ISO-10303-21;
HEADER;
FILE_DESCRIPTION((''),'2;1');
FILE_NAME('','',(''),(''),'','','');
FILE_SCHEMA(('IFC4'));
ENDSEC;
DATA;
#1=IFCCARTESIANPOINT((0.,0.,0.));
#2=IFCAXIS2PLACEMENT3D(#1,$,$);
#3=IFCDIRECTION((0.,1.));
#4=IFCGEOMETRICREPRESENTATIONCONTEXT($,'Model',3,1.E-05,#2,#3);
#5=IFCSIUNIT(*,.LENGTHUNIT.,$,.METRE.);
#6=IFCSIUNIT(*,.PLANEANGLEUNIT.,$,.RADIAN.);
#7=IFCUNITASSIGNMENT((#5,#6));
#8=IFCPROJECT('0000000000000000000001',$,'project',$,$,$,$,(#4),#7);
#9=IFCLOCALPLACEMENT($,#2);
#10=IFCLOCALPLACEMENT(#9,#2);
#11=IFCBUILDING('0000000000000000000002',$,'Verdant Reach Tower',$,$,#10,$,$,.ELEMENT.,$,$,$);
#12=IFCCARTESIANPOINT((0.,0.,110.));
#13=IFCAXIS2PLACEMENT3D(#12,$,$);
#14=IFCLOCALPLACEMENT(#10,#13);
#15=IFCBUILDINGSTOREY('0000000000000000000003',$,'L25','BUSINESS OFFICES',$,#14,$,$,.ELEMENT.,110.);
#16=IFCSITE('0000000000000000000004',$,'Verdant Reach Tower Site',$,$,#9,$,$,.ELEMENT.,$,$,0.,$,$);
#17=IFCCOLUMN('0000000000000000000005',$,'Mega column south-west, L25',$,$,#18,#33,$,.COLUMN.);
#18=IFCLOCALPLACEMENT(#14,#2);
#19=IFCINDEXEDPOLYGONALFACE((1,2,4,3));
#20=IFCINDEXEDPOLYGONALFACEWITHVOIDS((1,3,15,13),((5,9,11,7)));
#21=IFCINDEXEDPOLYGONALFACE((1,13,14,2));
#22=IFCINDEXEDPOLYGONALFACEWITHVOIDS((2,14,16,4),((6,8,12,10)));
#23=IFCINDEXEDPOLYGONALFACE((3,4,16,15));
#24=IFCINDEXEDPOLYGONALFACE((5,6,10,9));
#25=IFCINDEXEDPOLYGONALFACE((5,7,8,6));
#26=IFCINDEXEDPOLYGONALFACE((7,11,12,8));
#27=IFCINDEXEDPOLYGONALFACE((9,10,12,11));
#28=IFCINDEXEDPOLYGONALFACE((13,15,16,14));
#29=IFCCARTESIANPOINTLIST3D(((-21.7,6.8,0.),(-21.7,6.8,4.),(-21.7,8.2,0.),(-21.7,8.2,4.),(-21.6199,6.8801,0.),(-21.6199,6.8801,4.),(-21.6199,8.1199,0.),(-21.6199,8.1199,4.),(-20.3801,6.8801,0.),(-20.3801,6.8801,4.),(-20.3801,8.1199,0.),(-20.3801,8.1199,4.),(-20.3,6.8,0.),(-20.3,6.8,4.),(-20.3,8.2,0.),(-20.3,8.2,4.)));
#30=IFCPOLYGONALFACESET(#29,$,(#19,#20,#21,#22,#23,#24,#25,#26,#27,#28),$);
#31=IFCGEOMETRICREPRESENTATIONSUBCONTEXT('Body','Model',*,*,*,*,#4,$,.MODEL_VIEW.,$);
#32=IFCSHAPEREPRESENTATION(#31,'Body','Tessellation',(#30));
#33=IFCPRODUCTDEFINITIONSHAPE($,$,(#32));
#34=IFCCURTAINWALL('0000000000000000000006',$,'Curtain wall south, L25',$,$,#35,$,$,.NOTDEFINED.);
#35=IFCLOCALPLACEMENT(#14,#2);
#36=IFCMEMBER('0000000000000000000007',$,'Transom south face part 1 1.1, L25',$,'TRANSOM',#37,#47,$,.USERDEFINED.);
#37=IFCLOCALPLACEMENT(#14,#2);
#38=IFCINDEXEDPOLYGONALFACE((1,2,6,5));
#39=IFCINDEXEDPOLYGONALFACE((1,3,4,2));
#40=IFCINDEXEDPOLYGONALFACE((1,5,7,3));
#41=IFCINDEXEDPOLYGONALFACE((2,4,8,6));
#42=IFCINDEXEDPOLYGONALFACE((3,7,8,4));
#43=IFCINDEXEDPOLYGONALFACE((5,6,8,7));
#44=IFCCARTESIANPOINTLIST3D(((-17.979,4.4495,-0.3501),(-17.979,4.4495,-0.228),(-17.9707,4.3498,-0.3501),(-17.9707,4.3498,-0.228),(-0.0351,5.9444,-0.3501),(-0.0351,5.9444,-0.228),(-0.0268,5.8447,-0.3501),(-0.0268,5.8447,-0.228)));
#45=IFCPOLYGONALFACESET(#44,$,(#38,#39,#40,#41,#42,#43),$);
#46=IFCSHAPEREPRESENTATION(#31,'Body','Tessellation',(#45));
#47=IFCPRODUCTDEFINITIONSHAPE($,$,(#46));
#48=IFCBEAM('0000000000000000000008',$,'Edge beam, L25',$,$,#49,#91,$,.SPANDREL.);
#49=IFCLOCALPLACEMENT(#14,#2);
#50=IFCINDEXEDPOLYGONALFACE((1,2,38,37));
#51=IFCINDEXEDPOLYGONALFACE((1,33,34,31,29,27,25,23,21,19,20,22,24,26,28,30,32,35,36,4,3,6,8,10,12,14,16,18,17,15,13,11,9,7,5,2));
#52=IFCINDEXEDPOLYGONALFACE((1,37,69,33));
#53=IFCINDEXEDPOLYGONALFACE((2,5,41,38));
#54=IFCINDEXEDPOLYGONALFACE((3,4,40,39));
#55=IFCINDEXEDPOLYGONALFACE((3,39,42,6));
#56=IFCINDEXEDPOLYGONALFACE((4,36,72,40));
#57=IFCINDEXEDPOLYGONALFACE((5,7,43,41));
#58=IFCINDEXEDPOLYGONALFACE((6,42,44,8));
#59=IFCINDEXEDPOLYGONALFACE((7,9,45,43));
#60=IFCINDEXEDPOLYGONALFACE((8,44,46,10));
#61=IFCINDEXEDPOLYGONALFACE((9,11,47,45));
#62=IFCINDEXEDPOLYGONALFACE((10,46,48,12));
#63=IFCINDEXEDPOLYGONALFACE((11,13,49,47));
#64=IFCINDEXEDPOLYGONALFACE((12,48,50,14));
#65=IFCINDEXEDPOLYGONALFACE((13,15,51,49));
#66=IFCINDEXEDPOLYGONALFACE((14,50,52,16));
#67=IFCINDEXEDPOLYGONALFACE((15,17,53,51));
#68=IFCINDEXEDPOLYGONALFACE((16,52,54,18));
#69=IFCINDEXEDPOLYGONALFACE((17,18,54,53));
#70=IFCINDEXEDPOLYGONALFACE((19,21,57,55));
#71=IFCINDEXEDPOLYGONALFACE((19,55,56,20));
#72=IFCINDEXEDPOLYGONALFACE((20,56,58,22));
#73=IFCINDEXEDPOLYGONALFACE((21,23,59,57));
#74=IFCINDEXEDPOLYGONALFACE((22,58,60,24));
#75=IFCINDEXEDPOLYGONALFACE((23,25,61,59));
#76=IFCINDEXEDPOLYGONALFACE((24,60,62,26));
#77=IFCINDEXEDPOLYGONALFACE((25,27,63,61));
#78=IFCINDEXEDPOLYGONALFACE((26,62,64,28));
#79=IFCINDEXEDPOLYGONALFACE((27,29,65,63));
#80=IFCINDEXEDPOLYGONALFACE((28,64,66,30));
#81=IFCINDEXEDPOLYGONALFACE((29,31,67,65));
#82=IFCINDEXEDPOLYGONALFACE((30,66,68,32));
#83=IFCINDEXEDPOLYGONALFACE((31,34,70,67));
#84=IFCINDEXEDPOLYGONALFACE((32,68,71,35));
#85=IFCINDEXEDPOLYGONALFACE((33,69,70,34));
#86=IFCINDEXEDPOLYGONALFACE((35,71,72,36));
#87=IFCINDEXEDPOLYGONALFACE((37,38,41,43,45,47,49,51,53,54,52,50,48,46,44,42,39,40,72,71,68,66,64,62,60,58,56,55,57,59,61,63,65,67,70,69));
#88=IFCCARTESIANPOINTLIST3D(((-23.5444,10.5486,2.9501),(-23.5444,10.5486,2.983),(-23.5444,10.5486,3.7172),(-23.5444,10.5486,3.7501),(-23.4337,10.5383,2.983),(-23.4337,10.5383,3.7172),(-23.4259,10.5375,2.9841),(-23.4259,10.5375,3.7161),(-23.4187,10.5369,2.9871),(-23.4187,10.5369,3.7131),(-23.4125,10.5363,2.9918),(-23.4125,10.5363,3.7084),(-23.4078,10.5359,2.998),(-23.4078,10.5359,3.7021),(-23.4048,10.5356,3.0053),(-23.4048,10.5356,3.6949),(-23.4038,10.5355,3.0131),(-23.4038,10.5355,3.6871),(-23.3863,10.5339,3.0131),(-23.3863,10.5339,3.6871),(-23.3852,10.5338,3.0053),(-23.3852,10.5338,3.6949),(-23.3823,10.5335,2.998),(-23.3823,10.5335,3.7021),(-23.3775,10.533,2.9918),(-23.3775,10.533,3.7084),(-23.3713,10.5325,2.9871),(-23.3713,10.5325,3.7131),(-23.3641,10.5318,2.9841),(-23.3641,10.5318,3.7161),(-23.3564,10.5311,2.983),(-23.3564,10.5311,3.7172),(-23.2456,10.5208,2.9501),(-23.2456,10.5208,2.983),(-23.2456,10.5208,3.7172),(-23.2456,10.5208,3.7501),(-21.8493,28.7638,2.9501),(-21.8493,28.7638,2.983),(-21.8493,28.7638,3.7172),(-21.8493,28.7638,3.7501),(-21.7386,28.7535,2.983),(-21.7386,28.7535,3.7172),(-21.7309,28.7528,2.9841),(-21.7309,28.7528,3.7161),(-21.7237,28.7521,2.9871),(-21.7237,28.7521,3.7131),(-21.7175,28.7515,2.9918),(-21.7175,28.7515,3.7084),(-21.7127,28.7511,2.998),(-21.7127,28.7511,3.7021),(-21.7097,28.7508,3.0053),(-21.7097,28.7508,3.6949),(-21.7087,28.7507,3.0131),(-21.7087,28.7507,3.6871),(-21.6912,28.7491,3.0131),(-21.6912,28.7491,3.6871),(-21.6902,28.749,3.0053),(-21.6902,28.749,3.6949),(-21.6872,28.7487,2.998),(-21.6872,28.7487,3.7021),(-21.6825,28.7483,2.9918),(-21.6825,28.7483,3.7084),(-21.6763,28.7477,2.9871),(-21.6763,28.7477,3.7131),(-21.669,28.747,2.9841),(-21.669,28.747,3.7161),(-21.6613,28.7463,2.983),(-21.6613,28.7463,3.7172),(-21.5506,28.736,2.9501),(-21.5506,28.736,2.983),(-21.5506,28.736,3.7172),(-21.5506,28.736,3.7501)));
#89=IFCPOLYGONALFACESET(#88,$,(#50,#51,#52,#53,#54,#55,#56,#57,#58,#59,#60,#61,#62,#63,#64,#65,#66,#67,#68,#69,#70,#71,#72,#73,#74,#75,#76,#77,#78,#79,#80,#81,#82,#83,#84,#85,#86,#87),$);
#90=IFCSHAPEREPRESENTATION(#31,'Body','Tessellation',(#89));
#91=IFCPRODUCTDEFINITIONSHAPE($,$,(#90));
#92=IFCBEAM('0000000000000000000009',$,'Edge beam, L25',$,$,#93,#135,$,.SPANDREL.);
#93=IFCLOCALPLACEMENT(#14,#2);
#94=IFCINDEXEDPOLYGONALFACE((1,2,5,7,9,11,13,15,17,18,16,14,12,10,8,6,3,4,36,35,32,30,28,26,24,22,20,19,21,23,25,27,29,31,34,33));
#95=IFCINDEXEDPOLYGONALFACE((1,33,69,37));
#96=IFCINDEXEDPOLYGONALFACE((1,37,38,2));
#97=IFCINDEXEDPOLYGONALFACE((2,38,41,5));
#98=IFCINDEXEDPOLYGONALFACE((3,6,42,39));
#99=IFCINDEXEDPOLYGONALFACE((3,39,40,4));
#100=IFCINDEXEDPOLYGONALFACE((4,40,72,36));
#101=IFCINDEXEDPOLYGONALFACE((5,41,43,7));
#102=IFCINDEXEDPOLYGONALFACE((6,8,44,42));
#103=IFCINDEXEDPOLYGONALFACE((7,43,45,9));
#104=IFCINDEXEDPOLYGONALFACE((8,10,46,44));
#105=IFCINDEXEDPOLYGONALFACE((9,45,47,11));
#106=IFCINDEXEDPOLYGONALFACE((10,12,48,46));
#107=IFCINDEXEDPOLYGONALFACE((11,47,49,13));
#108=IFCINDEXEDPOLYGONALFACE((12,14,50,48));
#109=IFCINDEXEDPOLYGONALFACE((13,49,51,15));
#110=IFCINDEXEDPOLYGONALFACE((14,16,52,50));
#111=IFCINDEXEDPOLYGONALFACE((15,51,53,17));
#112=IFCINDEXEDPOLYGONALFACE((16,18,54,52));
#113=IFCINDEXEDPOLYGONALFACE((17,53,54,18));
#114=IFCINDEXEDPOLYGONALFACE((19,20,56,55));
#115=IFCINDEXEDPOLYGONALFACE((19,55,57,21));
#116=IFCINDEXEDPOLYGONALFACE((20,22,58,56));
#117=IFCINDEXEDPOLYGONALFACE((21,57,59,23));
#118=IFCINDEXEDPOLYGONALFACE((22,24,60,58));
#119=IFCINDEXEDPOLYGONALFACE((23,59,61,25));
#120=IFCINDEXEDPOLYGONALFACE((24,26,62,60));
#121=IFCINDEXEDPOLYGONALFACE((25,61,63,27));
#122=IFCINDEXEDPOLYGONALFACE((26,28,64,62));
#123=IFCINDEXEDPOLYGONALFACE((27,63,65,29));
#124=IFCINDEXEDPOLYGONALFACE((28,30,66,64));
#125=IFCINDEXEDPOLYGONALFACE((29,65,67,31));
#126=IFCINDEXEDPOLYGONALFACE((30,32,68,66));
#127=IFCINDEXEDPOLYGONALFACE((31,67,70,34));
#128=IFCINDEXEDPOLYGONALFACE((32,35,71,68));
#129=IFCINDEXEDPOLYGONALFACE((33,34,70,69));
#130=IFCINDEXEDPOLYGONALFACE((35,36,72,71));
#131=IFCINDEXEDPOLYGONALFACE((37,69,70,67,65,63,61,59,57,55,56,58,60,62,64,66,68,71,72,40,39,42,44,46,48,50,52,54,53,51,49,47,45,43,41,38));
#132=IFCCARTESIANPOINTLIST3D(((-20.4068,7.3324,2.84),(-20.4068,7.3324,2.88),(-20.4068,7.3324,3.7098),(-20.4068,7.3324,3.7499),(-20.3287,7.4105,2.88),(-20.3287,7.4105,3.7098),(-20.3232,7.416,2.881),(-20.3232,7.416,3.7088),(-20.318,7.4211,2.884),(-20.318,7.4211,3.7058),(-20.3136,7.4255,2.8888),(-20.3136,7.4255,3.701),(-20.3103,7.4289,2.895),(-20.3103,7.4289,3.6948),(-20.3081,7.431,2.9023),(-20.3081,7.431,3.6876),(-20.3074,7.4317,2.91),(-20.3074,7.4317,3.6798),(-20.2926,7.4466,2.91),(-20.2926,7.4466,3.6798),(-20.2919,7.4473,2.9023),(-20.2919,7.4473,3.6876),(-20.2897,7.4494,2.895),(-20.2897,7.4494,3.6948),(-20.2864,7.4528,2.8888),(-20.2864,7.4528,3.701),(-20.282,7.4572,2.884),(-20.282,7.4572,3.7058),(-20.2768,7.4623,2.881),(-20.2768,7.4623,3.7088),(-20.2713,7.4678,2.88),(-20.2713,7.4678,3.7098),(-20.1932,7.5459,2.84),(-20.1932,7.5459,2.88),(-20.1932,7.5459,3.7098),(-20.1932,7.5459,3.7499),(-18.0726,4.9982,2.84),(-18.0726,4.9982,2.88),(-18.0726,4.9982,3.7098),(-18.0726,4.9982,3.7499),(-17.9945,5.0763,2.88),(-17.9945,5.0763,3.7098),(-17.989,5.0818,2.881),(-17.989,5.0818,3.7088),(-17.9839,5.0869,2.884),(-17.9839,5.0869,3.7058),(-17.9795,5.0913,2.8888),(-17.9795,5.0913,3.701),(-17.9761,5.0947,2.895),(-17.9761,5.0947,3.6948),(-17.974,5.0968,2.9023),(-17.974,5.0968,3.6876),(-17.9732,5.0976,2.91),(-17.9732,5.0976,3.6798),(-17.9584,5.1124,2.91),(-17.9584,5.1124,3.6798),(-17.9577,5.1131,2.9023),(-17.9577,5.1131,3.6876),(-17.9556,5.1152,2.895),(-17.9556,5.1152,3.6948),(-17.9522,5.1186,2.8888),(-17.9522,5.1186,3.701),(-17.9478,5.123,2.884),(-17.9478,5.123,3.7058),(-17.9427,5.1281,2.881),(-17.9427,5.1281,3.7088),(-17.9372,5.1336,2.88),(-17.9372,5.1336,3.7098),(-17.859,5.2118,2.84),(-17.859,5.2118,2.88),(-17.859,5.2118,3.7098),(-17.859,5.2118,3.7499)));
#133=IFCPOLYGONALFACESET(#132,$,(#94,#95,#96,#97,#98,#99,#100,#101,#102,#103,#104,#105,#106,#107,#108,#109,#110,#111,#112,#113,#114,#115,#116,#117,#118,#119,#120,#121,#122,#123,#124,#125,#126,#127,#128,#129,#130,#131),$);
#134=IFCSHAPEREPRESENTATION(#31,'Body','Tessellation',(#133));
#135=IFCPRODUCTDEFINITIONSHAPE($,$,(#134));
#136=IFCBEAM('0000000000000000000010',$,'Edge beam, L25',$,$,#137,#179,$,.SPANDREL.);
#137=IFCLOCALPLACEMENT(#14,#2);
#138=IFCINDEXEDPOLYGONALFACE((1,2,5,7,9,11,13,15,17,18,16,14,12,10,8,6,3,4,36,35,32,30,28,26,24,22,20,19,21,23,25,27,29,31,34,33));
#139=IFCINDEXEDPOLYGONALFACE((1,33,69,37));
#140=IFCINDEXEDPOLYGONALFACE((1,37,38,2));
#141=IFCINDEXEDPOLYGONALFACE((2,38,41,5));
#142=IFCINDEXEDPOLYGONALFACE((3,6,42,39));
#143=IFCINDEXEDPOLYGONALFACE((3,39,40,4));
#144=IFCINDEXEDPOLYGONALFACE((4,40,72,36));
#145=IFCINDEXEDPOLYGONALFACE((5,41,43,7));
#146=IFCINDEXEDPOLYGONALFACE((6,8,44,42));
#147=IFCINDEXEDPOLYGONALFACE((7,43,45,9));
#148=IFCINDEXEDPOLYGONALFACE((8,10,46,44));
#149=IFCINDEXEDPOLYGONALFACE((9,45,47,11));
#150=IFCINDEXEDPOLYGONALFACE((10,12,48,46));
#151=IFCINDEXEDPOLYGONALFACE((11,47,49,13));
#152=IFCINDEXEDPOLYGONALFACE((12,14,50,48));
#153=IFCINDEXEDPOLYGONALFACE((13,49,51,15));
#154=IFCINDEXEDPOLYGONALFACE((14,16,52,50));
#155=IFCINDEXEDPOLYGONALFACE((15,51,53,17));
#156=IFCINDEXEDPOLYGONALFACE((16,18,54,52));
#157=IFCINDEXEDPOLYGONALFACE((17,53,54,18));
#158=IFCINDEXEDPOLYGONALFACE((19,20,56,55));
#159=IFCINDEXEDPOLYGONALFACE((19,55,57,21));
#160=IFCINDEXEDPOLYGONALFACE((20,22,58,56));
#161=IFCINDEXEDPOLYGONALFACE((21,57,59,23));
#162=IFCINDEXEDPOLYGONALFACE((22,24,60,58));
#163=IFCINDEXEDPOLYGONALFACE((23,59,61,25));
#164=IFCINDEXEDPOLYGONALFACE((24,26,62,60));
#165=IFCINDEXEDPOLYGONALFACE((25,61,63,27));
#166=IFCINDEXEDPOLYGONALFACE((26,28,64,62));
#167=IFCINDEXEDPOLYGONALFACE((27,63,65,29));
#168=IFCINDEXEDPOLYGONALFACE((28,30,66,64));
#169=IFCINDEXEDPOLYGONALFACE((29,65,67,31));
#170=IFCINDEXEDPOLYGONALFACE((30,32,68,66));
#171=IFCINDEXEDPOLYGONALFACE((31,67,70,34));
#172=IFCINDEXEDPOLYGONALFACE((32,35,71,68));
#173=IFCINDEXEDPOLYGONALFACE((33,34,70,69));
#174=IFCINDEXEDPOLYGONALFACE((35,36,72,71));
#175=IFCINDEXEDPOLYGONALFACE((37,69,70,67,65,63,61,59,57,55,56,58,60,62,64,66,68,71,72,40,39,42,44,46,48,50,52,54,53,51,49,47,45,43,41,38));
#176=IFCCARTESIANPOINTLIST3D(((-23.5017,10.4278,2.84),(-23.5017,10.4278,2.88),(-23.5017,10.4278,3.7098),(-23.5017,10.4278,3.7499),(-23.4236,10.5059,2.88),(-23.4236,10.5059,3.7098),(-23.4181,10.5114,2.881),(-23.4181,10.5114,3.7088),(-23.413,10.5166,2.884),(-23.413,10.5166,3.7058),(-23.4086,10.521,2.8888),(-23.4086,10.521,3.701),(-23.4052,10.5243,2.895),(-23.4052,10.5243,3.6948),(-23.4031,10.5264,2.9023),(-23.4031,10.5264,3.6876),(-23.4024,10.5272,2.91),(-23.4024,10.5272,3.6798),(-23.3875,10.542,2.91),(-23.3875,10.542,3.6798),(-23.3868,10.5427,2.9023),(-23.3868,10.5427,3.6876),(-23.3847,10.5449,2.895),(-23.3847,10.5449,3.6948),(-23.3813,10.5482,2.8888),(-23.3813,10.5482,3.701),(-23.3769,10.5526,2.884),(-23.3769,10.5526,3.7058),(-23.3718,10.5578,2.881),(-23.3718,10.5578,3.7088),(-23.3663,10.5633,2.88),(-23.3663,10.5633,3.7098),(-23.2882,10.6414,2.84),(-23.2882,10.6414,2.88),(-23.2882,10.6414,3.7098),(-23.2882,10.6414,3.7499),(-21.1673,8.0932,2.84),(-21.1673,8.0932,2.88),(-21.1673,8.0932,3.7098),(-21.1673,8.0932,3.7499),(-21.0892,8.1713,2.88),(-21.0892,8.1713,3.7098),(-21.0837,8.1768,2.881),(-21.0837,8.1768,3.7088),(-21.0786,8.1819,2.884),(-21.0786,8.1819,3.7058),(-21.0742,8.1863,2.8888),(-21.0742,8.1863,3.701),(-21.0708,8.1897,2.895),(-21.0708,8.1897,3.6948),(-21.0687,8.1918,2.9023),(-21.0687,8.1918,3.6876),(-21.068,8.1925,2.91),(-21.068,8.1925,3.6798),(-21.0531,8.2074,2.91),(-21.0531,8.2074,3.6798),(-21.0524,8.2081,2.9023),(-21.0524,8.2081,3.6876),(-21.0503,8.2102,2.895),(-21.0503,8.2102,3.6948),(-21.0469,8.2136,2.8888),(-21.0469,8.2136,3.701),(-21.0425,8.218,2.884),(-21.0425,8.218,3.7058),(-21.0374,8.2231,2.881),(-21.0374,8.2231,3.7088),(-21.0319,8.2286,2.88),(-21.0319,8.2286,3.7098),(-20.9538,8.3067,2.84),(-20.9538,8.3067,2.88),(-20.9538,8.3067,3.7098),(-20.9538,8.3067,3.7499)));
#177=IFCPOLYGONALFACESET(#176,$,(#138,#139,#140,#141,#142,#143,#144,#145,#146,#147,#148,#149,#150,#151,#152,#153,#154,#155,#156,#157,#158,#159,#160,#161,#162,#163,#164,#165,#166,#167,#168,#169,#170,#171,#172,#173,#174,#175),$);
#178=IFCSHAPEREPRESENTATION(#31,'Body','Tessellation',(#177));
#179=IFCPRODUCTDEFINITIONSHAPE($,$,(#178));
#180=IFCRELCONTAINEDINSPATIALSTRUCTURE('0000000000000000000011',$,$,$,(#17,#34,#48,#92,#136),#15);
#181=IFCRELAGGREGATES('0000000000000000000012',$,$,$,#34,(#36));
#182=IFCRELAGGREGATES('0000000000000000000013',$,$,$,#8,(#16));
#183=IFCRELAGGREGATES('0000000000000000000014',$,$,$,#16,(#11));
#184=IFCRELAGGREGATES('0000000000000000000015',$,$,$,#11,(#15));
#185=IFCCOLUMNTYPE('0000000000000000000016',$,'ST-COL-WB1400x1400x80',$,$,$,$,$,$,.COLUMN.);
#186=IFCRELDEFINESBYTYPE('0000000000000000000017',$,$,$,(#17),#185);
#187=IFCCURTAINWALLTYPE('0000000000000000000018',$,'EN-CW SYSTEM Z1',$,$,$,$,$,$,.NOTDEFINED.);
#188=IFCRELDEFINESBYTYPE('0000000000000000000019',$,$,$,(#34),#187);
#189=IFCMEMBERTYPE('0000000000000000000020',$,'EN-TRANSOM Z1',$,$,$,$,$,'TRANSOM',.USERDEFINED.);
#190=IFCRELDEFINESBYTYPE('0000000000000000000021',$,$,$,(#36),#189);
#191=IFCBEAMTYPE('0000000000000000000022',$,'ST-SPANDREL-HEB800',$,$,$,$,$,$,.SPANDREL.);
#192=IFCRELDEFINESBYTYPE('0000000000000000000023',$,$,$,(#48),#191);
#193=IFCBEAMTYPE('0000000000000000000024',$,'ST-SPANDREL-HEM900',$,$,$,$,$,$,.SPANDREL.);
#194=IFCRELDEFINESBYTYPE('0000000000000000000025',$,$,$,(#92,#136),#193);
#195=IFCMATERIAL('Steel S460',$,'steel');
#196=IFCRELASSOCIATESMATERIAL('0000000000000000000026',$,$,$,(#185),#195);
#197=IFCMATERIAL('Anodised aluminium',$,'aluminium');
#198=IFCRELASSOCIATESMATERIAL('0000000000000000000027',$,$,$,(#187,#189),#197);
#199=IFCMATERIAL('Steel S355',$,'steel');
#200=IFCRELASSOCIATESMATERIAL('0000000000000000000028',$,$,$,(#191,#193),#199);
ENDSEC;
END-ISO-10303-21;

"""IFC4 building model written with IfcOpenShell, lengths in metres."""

from ifc_helpers import new_model, si_unit, direction, frame, origin, origin_2d, place, context, subcontext, project, spatial, rectangle, hollow_rectangle, i_section, extrude, material, material_profile, profile_set, type_object, element, aggregate, save


model = new_model("IFC4")

# Units and contexts
model_context = context("Model", 3, precision=1e-05, world=origin(), true_north=direction((0.0, 1.0)))
body_context = subcontext(model_context, "Body", "Model", "MODEL_VIEW")
ifc_project = project(units=[si_unit("LENGTHUNIT", "METRE"), si_unit("PLANEANGLEUNIT", "RADIAN")], contexts=[model_context])

# Site, building, storey
site_placement = place(None, origin())
site = spatial("IfcSite", under=ifc_project, at=site_placement, Name="Verdant Reach Tower Site", CompositionType="ELEMENT", RefElevation=0.0)
building_placement = place(site_placement, origin())
building = spatial("IfcBuilding", under=site, at=building_placement, Name="Verdant Reach Tower", CompositionType="ELEMENT")
storey_placement = place(building_placement, frame((0.0, 0.0, 110.0)))
storey = spatial("IfcBuildingStorey", under=building, at=storey_placement, Name="L25", Description="BUSINESS OFFICES", CompositionType="ELEMENT", Elevation=110.0)

# Column
ifc_material_1 = material(Name="Steel S460", Category="steel")
ifc_material_profile_1 = material_profile(ifc_material_1, hollow_rectangle(XDim=1.3999, YDim=1.3999, WallThickness=0.0801, at=origin_2d()), Name="WB 1400x1400x80")
ifc_profile_set_1 = profile_set([ifc_material_profile_1], Name="Steel S460")
column_type = type_object("IfcColumnType", Name="ST-COL-WB1400x1400x80", PredefinedType="COLUMN", material=ifc_profile_set_1)
column_placement = place(storey_placement, frame((-21.0, 7.5, 0.0), z_axis=(0.0, 0.0, 1.0), x_axis=(1.0, 0.0, 0.0)))
element("IfcColumn", 1, at=column_placement, inside=storey, type_object=column_type, Name="Mega column south-west, L25", PredefinedType="COLUMN", context=body_context, shape_type="SweptSolid", body=[
    extrude(hollow_rectangle(XDim=1.3999, YDim=1.3999, WallThickness=0.0801, at=origin_2d()), origin(), (0.0, 0.0, 1.0), 4.0),
])

# Curtain wall, member
ifc_material_2 = material(Name="Anodised aluminium", Category="aluminium")
curtain_wall_type = type_object("IfcCurtainWallType", Name="EN-CW SYSTEM Z1", PredefinedType="NOTDEFINED", material=ifc_material_2)
curtain_wall_1_placement = place(storey_placement, origin())
curtain_wall_1 = element("IfcCurtainWall", 2, at=curtain_wall_1_placement, inside=storey, type_object=curtain_wall_type, Name="Curtain wall south, L25", PredefinedType="NOTDEFINED")
ifc_material_profile_2 = material_profile(ifc_material_2, rectangle(XDim=0.1001, YDim=0.1221, at=origin_2d()), Name="Transom 122x100")
ifc_profile_set_2 = profile_set([ifc_material_profile_2], Name="Anodised aluminium")
member_type = type_object("IfcMemberType", Name="EN-TRANSOM Z1", ElementType="TRANSOM", PredefinedType="USERDEFINED", material=ifc_profile_set_2)
member_placement = place(storey_placement, frame((-17.9749, 4.3997, -0.2891), z_axis=(0.996548, 0.083021, 0.0), x_axis=(-0.083021, 0.996548, 0.0)))
member = element("IfcMember", 3, at=member_placement, type_object=member_type, Name="Transom south face part 1 1.1, L25", ObjectType="TRANSOM", PredefinedType="USERDEFINED", context=body_context, shape_type="SweptSolid", body=[
    extrude(rectangle(XDim=0.1001, YDim=0.1221, at=origin_2d()), origin(), (0.0, 0.0, 1.0), 18.0061),
])

# Beams
ifc_material_3 = material(Name="Steel S355", Category="steel")
ifc_material_profile_3 = material_profile(ifc_material_3, i_section(OverallWidth=0.3, OverallDepth=0.8, WebThickness=0.0176, FlangeThickness=0.033, FilletRadius=0.03, at=origin_2d()), Name="HEB 800")
ifc_profile_set_3 = profile_set([ifc_material_profile_3], Name="Steel S355")
beam_type_1 = type_object("IfcBeamType", Name="ST-SPANDREL-HEB800", PredefinedType="SPANDREL", material=ifc_profile_set_3)
beam_1_placement = place(storey_placement, frame((-23.395, 10.5347, 3.3501), z_axis=(0.092657, 0.995698, 0.0), x_axis=(-0.995698, 0.092657, 0.0)))
element("IfcBeam", 4, at=beam_1_placement, inside=storey, type_object=beam_type_1, Name="Edge beam, L25", PredefinedType="SPANDREL", context=body_context, shape_type="SweptSolid", body=[
    extrude(i_section(OverallWidth=0.3, OverallDepth=0.8, WebThickness=0.0176, FlangeThickness=0.033, FilletRadius=0.03, at=origin_2d()), origin(), (0.0, 0.0, 1.0), 18.2939),
])
ifc_material_profile_4 = material_profile(ifc_material_3, i_section(OverallWidth=0.302, OverallDepth=0.9099, WebThickness=0.021, FlangeThickness=0.04, FilletRadius=0.03, at=origin_2d()), Name="HEM 900")
ifc_profile_set_4 = profile_set([ifc_material_profile_4], Name="Steel S355")
beam_type_2 = type_object("IfcBeamType", Name="ST-SPANDREL-HEM900", PredefinedType="SPANDREL", material=ifc_profile_set_4)
beam_2_placement = place(storey_placement, frame((-17.9658, 5.105, 3.2949), z_axis=(-0.707107, 0.707107, 0.0), x_axis=(-0.707107, -0.707107, 0.0)))
element("IfcBeam", 5, at=beam_2_placement, inside=storey, type_object=beam_type_2, Name="Edge beam, L25", PredefinedType="SPANDREL", context=body_context, shape_type="SweptSolid", body=[
    extrude(i_section(OverallWidth=0.302, OverallDepth=0.9099, WebThickness=0.021, FlangeThickness=0.04, FilletRadius=0.03, at=origin_2d()), origin(), (0.0, 0.0, 1.0), 3.301),
])
beam_3_placement = place(storey_placement, frame((-21.0605, 8.2, 3.2949), z_axis=(-0.70707, 0.707144, 0.0), x_axis=(-0.707144, -0.70707, 0.0)))
element("IfcBeam", 6, at=beam_3_placement, inside=storey, type_object=beam_type_2, Name="Edge beam, L25", PredefinedType="SPANDREL", context=body_context, shape_type="SweptSolid", body=[
    extrude(i_section(OverallWidth=0.302, OverallDepth=0.9099, WebThickness=0.021, FlangeThickness=0.04, FilletRadius=0.03, at=origin_2d()), origin(), (0.0, 0.0, 1.0), 3.3015),
])

aggregate(curtain_wall_1, [member])

save(model, "model.ifc")
